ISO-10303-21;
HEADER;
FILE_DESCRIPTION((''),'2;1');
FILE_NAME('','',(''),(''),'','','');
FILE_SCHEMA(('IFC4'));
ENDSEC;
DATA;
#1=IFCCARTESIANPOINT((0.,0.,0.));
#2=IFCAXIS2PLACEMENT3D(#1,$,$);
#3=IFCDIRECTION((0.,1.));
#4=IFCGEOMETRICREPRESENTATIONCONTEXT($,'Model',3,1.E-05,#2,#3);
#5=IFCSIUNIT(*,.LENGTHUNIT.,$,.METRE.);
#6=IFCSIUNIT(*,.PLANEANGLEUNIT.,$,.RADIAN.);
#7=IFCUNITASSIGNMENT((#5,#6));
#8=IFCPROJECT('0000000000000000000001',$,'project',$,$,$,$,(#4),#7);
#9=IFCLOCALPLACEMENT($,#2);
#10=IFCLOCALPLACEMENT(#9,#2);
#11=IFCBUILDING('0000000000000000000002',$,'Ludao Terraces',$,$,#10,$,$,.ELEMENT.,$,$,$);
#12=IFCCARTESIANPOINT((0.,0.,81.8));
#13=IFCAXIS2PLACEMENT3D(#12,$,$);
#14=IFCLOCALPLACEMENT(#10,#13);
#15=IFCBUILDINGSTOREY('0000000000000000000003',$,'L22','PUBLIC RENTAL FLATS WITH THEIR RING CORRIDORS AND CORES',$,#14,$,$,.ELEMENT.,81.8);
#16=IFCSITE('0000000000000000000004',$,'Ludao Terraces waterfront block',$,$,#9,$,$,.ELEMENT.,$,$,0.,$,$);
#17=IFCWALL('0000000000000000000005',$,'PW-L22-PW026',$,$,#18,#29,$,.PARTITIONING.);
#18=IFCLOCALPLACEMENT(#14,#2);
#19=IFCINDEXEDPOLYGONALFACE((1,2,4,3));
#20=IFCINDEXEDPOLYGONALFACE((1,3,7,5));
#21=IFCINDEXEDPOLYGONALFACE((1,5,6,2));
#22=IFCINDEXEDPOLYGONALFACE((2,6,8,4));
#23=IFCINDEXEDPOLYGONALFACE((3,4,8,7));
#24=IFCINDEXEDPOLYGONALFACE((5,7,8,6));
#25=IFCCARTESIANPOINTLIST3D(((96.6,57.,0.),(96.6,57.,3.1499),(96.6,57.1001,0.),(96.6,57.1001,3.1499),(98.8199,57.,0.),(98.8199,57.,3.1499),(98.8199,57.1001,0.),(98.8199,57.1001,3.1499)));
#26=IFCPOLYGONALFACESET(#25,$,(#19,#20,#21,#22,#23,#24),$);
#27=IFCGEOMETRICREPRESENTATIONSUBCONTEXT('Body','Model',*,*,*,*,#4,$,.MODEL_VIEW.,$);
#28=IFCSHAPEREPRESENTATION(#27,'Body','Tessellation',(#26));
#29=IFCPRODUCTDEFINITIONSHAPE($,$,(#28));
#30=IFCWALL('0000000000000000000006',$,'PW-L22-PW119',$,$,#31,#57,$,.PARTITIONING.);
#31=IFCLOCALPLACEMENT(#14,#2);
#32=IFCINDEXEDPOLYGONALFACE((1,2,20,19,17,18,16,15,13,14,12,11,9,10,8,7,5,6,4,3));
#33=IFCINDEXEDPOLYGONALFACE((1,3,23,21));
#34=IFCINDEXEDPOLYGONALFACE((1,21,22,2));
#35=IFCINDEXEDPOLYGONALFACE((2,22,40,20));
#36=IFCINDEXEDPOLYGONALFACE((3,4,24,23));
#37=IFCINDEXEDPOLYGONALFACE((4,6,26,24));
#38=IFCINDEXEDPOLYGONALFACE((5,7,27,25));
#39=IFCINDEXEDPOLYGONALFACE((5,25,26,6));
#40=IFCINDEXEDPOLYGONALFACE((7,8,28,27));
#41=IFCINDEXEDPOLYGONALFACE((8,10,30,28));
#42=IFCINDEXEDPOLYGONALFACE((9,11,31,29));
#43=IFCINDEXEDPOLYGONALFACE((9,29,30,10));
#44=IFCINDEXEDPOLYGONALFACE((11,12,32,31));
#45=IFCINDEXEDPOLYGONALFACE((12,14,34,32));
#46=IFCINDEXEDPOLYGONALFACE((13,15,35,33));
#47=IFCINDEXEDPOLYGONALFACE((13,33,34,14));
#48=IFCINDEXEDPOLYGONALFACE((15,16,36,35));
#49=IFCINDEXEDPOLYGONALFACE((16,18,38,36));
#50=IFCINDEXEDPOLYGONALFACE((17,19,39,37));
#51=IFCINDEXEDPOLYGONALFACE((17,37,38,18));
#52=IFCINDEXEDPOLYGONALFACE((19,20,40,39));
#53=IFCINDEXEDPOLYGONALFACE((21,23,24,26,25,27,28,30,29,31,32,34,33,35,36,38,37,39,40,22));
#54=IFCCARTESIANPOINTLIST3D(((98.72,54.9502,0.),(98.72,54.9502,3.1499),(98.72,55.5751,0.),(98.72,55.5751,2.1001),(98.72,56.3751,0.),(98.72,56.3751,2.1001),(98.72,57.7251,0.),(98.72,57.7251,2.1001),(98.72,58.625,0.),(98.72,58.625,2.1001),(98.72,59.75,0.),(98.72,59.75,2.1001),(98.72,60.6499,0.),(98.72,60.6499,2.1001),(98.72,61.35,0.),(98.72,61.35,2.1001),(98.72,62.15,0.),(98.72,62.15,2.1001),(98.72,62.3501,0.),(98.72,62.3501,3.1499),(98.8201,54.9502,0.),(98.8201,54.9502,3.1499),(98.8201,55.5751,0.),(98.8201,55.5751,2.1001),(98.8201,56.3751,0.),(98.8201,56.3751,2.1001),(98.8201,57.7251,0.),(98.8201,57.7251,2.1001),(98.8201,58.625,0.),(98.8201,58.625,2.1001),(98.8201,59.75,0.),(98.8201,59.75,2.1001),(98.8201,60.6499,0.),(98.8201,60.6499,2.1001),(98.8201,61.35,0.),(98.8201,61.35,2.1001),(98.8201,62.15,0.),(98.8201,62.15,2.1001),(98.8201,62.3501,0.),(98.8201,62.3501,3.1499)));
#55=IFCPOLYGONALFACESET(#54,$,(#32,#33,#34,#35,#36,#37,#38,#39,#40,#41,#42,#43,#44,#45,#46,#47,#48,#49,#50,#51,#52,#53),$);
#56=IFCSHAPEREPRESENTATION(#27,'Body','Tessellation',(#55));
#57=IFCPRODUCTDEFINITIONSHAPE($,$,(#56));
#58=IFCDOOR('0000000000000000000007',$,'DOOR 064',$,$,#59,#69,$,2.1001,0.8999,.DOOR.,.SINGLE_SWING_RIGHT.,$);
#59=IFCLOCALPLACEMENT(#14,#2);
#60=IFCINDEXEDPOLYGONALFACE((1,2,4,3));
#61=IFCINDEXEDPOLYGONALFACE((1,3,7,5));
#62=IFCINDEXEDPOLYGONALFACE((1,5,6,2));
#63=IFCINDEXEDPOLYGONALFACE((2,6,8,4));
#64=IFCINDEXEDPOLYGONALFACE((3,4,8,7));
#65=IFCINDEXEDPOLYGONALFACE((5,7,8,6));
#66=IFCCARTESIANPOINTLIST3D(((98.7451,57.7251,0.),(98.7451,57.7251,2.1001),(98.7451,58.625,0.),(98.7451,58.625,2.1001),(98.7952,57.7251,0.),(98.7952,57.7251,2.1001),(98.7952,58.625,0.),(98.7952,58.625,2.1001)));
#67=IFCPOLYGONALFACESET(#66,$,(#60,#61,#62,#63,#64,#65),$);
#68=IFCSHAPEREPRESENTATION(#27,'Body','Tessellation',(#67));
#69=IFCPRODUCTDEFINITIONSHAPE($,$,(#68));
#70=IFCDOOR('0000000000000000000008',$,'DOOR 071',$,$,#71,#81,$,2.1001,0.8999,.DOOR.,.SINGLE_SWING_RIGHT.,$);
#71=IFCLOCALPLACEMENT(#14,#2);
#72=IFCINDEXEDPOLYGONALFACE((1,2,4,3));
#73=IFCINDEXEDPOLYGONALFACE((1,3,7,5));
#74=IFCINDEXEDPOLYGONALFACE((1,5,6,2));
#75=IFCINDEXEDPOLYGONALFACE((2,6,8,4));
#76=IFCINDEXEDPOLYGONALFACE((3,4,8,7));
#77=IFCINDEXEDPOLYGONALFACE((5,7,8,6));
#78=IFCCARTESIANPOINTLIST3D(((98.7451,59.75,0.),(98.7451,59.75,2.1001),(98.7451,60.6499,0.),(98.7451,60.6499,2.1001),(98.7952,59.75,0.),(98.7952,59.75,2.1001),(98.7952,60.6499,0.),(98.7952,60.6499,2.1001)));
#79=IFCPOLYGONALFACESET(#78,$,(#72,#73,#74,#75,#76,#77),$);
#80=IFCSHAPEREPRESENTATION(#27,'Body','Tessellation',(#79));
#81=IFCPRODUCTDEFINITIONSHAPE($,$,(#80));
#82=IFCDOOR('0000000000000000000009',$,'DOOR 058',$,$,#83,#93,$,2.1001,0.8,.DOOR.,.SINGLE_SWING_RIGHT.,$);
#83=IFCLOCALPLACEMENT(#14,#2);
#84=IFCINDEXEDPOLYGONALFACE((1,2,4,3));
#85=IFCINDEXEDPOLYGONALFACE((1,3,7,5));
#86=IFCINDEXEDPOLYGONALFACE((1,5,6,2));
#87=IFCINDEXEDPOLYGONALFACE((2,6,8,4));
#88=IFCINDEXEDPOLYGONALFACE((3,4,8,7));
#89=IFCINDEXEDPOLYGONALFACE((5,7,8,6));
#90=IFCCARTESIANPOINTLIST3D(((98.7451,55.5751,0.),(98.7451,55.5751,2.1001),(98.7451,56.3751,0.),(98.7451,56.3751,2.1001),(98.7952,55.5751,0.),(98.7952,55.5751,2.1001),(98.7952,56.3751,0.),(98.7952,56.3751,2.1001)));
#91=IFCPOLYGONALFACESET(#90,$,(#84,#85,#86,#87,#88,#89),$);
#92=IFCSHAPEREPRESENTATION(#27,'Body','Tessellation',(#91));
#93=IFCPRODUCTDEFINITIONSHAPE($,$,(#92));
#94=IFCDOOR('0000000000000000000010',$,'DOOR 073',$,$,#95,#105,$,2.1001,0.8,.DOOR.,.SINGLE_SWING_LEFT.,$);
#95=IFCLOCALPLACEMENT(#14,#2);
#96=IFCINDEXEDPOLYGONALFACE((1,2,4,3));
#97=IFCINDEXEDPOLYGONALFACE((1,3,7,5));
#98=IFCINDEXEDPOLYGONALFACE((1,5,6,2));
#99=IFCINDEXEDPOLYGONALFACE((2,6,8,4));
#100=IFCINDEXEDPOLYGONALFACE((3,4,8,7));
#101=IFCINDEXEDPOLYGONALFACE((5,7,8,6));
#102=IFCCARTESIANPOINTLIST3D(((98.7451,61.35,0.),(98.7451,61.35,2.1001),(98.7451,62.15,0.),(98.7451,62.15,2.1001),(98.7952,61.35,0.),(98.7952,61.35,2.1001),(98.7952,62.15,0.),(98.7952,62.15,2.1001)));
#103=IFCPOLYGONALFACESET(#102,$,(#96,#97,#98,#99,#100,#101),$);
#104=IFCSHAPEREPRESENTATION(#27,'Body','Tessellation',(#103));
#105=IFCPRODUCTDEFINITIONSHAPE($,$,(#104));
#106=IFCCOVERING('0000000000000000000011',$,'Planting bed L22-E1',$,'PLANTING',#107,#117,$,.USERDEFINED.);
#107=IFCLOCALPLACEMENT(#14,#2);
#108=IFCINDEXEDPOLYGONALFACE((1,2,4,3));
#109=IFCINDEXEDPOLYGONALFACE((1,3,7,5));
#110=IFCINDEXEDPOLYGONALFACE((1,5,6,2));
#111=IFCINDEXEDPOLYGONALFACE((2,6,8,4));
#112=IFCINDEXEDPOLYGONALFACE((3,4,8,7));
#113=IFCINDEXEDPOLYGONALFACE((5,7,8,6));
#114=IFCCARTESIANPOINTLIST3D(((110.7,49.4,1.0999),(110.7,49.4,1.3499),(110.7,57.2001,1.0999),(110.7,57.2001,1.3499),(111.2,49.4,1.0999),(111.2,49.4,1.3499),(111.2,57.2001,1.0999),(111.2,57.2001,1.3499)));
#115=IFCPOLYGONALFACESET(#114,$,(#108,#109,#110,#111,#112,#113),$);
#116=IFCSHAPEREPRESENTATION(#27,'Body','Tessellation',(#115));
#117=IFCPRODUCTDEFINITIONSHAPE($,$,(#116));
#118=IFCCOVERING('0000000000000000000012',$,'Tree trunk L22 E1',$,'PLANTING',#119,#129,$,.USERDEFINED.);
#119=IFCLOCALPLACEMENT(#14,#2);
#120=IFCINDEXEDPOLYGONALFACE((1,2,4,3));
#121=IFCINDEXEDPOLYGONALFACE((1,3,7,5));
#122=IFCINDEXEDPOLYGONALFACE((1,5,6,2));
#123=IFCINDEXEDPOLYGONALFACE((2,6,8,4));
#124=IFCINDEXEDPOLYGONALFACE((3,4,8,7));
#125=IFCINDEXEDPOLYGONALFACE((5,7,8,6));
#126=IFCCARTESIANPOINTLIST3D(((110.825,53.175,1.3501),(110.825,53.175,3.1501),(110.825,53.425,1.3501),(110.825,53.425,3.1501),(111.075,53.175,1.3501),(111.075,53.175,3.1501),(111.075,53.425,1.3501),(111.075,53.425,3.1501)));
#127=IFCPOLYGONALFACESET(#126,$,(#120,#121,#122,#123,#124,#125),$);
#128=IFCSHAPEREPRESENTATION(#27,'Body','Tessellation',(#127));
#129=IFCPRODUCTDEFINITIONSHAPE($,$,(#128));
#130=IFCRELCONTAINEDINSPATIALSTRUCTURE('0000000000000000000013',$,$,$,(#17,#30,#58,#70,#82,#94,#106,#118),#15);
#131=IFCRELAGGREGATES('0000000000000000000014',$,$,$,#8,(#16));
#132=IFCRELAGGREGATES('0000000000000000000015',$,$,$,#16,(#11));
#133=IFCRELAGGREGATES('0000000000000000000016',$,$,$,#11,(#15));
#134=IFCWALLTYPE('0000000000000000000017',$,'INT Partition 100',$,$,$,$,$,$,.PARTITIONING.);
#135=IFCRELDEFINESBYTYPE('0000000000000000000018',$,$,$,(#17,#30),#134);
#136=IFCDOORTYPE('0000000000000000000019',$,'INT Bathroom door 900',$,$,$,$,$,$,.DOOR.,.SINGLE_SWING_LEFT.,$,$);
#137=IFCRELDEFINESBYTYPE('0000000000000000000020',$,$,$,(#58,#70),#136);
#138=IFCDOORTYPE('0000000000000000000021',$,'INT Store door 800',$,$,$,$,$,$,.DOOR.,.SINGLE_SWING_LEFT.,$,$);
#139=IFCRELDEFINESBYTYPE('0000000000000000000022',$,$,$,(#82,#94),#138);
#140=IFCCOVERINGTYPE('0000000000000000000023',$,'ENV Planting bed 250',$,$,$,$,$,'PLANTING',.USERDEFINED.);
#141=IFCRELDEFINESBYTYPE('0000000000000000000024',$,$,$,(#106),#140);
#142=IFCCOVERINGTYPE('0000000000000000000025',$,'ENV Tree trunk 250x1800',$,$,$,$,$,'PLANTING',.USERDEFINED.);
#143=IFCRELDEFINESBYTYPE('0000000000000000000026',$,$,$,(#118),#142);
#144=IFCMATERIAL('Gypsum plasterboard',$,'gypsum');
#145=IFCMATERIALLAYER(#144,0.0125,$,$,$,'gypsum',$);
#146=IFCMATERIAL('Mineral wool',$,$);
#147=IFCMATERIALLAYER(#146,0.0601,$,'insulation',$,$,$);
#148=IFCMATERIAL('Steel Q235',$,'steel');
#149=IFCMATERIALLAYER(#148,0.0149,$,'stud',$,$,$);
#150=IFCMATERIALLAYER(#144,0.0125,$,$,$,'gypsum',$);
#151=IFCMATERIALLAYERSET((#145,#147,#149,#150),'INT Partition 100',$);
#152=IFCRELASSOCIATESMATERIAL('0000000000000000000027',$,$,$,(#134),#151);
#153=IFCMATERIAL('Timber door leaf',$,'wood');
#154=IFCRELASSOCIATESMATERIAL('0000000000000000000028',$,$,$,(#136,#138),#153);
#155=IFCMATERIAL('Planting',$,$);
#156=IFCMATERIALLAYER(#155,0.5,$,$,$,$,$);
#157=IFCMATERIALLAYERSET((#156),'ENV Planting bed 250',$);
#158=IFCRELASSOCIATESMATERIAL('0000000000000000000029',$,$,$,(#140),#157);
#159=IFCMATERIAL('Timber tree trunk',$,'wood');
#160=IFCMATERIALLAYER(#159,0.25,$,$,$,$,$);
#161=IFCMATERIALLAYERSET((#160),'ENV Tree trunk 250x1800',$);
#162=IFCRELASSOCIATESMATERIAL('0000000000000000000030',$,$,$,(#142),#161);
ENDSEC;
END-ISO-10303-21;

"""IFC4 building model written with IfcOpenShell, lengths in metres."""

from ifc_helpers import new_model, si_unit, direction, frame, frame_2d, origin, origin_2d, place, context, subcontext, project, spatial, rectangle, extrude, material, layer, layer_set, type_object, element, fill, save


model = new_model("IFC4")

# Units and contexts
model_context = context("Model", 3, precision=1e-05, world=origin(), true_north=direction((0.0, 1.0)))
body_context = subcontext(model_context, "Body", "Model", "MODEL_VIEW")
ifc_project = project(units=[si_unit("LENGTHUNIT", "METRE"), si_unit("PLANEANGLEUNIT", "RADIAN")], contexts=[model_context])

# Site, building, storey
site_placement = place(None, origin())
site = spatial("IfcSite", under=ifc_project, at=site_placement, Name="Ludao Terraces waterfront block", CompositionType="ELEMENT", RefElevation=0.0)
building_placement = place(site_placement, origin())
building = spatial("IfcBuilding", under=site, at=building_placement, Name="Ludao Terraces", CompositionType="ELEMENT")
storey_placement = place(building_placement, frame((0.0, 0.0, 81.8)))
storey = spatial("IfcBuildingStorey", under=building, at=storey_placement, Name="L22", Description="PUBLIC RENTAL FLATS WITH THEIR RING CORRIDORS AND CORES", CompositionType="ELEMENT", Elevation=81.8)

# Shared definitions
ifc_material_1 = material(Name="Mineral wool")

# Shared definitions
ifc_material_2 = material(Name="Steel Q235", Category="steel")

# Wall
ifc_material_3 = material(Name="Gypsum plasterboard", Category="gypsum")
ifc_layer_1 = layer(ifc_material_3, 0.0125, Category="gypsum")
ifc_layer_2 = layer(ifc_material_1, 0.0601, Name="insulation")
ifc_layer_3 = layer(ifc_material_2, 0.0149, Name="stud")
ifc_layer_4 = layer(ifc_material_3, 0.0125, Category="gypsum")
ifc_layer_set_1 = layer_set([ifc_layer_1, ifc_layer_2, ifc_layer_3, ifc_layer_4], Name="INT Partition 100")
wall_type_1 = type_object("IfcWallType", Name="INT Partition 100", PredefinedType="PARTITIONING", material=ifc_layer_set_1)
for number, where, z_axis, x_axis, name in (
    (1, (96.6001, 57.05, 0.0), (0.0, 0.0, 1.0), (1.0, 0.0, 0.0), "PW-L22-PW026"),
):
    element("IfcWall", number, at=place(storey_placement, frame(where, z_axis=z_axis, x_axis=x_axis)), inside=storey, type_object=wall_type_1, Name=name, PredefinedType="PARTITIONING", context=body_context, shape_type="SweptSolid", body=[
        extrude(rectangle(XDim=2.22, YDim=0.1001, at=frame_2d((1.1099, 0.0))), origin(), (0.0, 0.0, 1.0), 3.1499),
    ])

# Wall, openings, doors
wall_1_placement = place(storey_placement, frame((98.77, 54.9502, 0.0), z_axis=(0.0, 0.0, 1.0), x_axis=(0.0, 1.0, 0.0)))
wall_1 = element("IfcWall", 2, at=wall_1_placement, inside=storey, type_object=wall_type_1, Name="PW-L22-PW119", PredefinedType="PARTITIONING", context=body_context, shape_type="SweptSolid", body=[
    extrude(rectangle(XDim=7.3999, YDim=0.1001, at=frame_2d((3.7, 0.0))), origin(), (0.0, 0.0, 1.0), 3.1499),
])
opening_1_placement = place(wall_1_placement, frame((0.625, 0.0, 0.0)))
opening_1 = element("IfcOpeningElement", 3, at=opening_1_placement, cuts=wall_1, PredefinedType="OPENING", context=body_context, shape_type="SweptSolid", body=[
    extrude(rectangle(XDim=0.8, YDim=2.1001, at=frame_2d((0.3999, 1.05))), frame((0.0, 0.0601, 0.0), z_axis=(0.0, -1.0, 0.0), x_axis=(1.0, 0.0, 0.0)), (0.0, 0.0, 1.0), 0.1201),
])
opening_2_placement = place(wall_1_placement, frame((2.7749, 0.0, 0.0)))
opening_2 = element("IfcOpeningElement", 4, at=opening_2_placement, cuts=wall_1, PredefinedType="OPENING", context=body_context, shape_type="SweptSolid", body=[
    extrude(rectangle(XDim=0.8999, YDim=2.1001, at=frame_2d((0.45, 1.05))), frame((0.0, 0.0601, 0.0), z_axis=(0.0, -1.0, 0.0), x_axis=(1.0, 0.0, 0.0)), (0.0, 0.0, 1.0), 0.1201),
])
opening_3_placement = place(wall_1_placement, frame((4.7998, 0.0, 0.0)))
opening_3 = element("IfcOpeningElement", 5, at=opening_3_placement, cuts=wall_1, PredefinedType="OPENING", context=body_context, shape_type="SweptSolid", body=[
    extrude(rectangle(XDim=0.8999, YDim=2.1001, at=frame_2d((0.45, 1.05))), frame((0.0, 0.0601, 0.0), z_axis=(0.0, -1.0, 0.0), x_axis=(1.0, 0.0, 0.0)), (0.0, 0.0, 1.0), 0.1201),
])
opening_4_placement = place(wall_1_placement, frame((6.3999, 0.0, 0.0)))
opening_4 = element("IfcOpeningElement", 6, at=opening_4_placement, cuts=wall_1, PredefinedType="OPENING", context=body_context, shape_type="SweptSolid", body=[
    extrude(rectangle(XDim=0.8, YDim=2.1001, at=frame_2d((0.3999, 1.05))), frame((0.0, 0.0601, 0.0), z_axis=(0.0, -1.0, 0.0), x_axis=(1.0, 0.0, 0.0)), (0.0, 0.0, 1.0), 0.1201),
])
ifc_material_4 = material(Name="Timber door leaf", Category="wood")
door_type_1 = type_object("IfcDoorType", Name="INT Bathroom door 900", OperationType="SINGLE_SWING_LEFT", PredefinedType="DOOR", material=ifc_material_4)
door_1_placement = place(opening_2_placement, origin())
door_1 = element("IfcDoor", 7, at=door_1_placement, inside=storey, type_object=door_type_1, Name="DOOR 064", OperationType="SINGLE_SWING_RIGHT", OverallHeight=2.1001, OverallWidth=0.8999, PredefinedType="DOOR", context=body_context, shape_type="SweptSolid", body=[
    extrude(rectangle(XDim=0.8999, YDim=2.1001, at=frame_2d((0.45, 1.05))), frame((0.0, 0.0249, 0.0), z_axis=(0.0, -1.0, 0.0), x_axis=(1.0, 0.0, 0.0)), (0.0, 0.0, 1.0), 0.05),
])
fill(opening_2, door_1)
door_2_placement = place(opening_3_placement, origin())
door_2 = element("IfcDoor", 8, at=door_2_placement, inside=storey, type_object=door_type_1, Name="DOOR 071", OperationType="SINGLE_SWING_RIGHT", OverallHeight=2.1001, OverallWidth=0.8999, PredefinedType="DOOR", context=body_context, shape_type="SweptSolid", body=[
    extrude(rectangle(XDim=0.8999, YDim=2.1001, at=frame_2d((0.45, 1.05))), frame((0.0, 0.0249, 0.0), z_axis=(0.0, -1.0, 0.0), x_axis=(1.0, 0.0, 0.0)), (0.0, 0.0, 1.0), 0.05),
])
fill(opening_3, door_2)
door_type_2 = type_object("IfcDoorType", Name="INT Store door 800", OperationType="SINGLE_SWING_LEFT", PredefinedType="DOOR", material=ifc_material_4)
door_3_placement = place(opening_1_placement, origin())
door_3 = element("IfcDoor", 9, at=door_3_placement, inside=storey, type_object=door_type_2, Name="DOOR 058", OperationType="SINGLE_SWING_RIGHT", OverallHeight=2.1001, OverallWidth=0.8, PredefinedType="DOOR", context=body_context, shape_type="SweptSolid", body=[
    extrude(rectangle(XDim=0.8, YDim=2.1001, at=frame_2d((0.3999, 1.05))), frame((0.0, 0.0249, 0.0), z_axis=(0.0, -1.0, 0.0), x_axis=(1.0, 0.0, 0.0)), (0.0, 0.0, 1.0), 0.05),
])
fill(opening_1, door_3)
door_4_placement = place(opening_4_placement, origin())
door_4 = element("IfcDoor", 10, at=door_4_placement, inside=storey, type_object=door_type_2, Name="DOOR 073", OperationType="SINGLE_SWING_LEFT", OverallHeight=2.1001, OverallWidth=0.8, PredefinedType="DOOR", context=body_context, shape_type="SweptSolid", body=[
    extrude(rectangle(XDim=0.8, YDim=2.1001, at=frame_2d((0.3999, 1.05))), frame((0.0, 0.0249, 0.0), z_axis=(0.0, -1.0, 0.0), x_axis=(1.0, 0.0, 0.0)), (0.0, 0.0, 1.0), 0.05),
])
fill(opening_4, door_4)

# Coverings
ifc_material_5 = material(Name="Planting")
ifc_layer_5 = layer(ifc_material_5, 0.5)
ifc_layer_set_2 = layer_set([ifc_layer_5], Name="ENV Planting bed 250")
covering_type_1 = type_object("IfcCoveringType", Name="ENV Planting bed 250", ElementType="PLANTING", PredefinedType="USERDEFINED", material=ifc_layer_set_2)
covering_1_placement = place(storey_placement, frame((110.95, 53.3, 1.0999), z_axis=(0.0, 0.0, 1.0), x_axis=(1.0, 0.0, 0.0)))
element("IfcCovering", 11, at=covering_1_placement, inside=storey, type_object=covering_type_1, Name="Planting bed L22-E1", ObjectType="PLANTING", PredefinedType="USERDEFINED", context=body_context, shape_type="SweptSolid", body=[
    extrude(rectangle(XDim=0.5, YDim=7.8, at=origin_2d()), origin(), (0.0, 0.0, 1.0), 0.25),
])
ifc_material_6 = material(Name="Timber tree trunk", Category="wood")
ifc_layer_6 = layer(ifc_material_6, 0.25)
ifc_layer_set_3 = layer_set([ifc_layer_6], Name="ENV Tree trunk 250x1800")
covering_type_2 = type_object("IfcCoveringType", Name="ENV Tree trunk 250x1800", ElementType="PLANTING", PredefinedType="USERDEFINED", material=ifc_layer_set_3)
covering_2_placement = place(storey_placement, frame((110.95, 53.3, 1.3501), z_axis=(0.0, 0.0, 1.0), x_axis=(1.0, 0.0, 0.0)))
element("IfcCovering", 12, at=covering_2_placement, inside=storey, type_object=covering_type_2, Name="Tree trunk L22 E1", ObjectType="PLANTING", PredefinedType="USERDEFINED", context=body_context, shape_type="SweptSolid", body=[
    extrude(rectangle(XDim=0.25, YDim=0.25, at=origin_2d()), origin(), (0.0, 0.0, 1.0), 1.8),
])

save(model, "model.ifc")
